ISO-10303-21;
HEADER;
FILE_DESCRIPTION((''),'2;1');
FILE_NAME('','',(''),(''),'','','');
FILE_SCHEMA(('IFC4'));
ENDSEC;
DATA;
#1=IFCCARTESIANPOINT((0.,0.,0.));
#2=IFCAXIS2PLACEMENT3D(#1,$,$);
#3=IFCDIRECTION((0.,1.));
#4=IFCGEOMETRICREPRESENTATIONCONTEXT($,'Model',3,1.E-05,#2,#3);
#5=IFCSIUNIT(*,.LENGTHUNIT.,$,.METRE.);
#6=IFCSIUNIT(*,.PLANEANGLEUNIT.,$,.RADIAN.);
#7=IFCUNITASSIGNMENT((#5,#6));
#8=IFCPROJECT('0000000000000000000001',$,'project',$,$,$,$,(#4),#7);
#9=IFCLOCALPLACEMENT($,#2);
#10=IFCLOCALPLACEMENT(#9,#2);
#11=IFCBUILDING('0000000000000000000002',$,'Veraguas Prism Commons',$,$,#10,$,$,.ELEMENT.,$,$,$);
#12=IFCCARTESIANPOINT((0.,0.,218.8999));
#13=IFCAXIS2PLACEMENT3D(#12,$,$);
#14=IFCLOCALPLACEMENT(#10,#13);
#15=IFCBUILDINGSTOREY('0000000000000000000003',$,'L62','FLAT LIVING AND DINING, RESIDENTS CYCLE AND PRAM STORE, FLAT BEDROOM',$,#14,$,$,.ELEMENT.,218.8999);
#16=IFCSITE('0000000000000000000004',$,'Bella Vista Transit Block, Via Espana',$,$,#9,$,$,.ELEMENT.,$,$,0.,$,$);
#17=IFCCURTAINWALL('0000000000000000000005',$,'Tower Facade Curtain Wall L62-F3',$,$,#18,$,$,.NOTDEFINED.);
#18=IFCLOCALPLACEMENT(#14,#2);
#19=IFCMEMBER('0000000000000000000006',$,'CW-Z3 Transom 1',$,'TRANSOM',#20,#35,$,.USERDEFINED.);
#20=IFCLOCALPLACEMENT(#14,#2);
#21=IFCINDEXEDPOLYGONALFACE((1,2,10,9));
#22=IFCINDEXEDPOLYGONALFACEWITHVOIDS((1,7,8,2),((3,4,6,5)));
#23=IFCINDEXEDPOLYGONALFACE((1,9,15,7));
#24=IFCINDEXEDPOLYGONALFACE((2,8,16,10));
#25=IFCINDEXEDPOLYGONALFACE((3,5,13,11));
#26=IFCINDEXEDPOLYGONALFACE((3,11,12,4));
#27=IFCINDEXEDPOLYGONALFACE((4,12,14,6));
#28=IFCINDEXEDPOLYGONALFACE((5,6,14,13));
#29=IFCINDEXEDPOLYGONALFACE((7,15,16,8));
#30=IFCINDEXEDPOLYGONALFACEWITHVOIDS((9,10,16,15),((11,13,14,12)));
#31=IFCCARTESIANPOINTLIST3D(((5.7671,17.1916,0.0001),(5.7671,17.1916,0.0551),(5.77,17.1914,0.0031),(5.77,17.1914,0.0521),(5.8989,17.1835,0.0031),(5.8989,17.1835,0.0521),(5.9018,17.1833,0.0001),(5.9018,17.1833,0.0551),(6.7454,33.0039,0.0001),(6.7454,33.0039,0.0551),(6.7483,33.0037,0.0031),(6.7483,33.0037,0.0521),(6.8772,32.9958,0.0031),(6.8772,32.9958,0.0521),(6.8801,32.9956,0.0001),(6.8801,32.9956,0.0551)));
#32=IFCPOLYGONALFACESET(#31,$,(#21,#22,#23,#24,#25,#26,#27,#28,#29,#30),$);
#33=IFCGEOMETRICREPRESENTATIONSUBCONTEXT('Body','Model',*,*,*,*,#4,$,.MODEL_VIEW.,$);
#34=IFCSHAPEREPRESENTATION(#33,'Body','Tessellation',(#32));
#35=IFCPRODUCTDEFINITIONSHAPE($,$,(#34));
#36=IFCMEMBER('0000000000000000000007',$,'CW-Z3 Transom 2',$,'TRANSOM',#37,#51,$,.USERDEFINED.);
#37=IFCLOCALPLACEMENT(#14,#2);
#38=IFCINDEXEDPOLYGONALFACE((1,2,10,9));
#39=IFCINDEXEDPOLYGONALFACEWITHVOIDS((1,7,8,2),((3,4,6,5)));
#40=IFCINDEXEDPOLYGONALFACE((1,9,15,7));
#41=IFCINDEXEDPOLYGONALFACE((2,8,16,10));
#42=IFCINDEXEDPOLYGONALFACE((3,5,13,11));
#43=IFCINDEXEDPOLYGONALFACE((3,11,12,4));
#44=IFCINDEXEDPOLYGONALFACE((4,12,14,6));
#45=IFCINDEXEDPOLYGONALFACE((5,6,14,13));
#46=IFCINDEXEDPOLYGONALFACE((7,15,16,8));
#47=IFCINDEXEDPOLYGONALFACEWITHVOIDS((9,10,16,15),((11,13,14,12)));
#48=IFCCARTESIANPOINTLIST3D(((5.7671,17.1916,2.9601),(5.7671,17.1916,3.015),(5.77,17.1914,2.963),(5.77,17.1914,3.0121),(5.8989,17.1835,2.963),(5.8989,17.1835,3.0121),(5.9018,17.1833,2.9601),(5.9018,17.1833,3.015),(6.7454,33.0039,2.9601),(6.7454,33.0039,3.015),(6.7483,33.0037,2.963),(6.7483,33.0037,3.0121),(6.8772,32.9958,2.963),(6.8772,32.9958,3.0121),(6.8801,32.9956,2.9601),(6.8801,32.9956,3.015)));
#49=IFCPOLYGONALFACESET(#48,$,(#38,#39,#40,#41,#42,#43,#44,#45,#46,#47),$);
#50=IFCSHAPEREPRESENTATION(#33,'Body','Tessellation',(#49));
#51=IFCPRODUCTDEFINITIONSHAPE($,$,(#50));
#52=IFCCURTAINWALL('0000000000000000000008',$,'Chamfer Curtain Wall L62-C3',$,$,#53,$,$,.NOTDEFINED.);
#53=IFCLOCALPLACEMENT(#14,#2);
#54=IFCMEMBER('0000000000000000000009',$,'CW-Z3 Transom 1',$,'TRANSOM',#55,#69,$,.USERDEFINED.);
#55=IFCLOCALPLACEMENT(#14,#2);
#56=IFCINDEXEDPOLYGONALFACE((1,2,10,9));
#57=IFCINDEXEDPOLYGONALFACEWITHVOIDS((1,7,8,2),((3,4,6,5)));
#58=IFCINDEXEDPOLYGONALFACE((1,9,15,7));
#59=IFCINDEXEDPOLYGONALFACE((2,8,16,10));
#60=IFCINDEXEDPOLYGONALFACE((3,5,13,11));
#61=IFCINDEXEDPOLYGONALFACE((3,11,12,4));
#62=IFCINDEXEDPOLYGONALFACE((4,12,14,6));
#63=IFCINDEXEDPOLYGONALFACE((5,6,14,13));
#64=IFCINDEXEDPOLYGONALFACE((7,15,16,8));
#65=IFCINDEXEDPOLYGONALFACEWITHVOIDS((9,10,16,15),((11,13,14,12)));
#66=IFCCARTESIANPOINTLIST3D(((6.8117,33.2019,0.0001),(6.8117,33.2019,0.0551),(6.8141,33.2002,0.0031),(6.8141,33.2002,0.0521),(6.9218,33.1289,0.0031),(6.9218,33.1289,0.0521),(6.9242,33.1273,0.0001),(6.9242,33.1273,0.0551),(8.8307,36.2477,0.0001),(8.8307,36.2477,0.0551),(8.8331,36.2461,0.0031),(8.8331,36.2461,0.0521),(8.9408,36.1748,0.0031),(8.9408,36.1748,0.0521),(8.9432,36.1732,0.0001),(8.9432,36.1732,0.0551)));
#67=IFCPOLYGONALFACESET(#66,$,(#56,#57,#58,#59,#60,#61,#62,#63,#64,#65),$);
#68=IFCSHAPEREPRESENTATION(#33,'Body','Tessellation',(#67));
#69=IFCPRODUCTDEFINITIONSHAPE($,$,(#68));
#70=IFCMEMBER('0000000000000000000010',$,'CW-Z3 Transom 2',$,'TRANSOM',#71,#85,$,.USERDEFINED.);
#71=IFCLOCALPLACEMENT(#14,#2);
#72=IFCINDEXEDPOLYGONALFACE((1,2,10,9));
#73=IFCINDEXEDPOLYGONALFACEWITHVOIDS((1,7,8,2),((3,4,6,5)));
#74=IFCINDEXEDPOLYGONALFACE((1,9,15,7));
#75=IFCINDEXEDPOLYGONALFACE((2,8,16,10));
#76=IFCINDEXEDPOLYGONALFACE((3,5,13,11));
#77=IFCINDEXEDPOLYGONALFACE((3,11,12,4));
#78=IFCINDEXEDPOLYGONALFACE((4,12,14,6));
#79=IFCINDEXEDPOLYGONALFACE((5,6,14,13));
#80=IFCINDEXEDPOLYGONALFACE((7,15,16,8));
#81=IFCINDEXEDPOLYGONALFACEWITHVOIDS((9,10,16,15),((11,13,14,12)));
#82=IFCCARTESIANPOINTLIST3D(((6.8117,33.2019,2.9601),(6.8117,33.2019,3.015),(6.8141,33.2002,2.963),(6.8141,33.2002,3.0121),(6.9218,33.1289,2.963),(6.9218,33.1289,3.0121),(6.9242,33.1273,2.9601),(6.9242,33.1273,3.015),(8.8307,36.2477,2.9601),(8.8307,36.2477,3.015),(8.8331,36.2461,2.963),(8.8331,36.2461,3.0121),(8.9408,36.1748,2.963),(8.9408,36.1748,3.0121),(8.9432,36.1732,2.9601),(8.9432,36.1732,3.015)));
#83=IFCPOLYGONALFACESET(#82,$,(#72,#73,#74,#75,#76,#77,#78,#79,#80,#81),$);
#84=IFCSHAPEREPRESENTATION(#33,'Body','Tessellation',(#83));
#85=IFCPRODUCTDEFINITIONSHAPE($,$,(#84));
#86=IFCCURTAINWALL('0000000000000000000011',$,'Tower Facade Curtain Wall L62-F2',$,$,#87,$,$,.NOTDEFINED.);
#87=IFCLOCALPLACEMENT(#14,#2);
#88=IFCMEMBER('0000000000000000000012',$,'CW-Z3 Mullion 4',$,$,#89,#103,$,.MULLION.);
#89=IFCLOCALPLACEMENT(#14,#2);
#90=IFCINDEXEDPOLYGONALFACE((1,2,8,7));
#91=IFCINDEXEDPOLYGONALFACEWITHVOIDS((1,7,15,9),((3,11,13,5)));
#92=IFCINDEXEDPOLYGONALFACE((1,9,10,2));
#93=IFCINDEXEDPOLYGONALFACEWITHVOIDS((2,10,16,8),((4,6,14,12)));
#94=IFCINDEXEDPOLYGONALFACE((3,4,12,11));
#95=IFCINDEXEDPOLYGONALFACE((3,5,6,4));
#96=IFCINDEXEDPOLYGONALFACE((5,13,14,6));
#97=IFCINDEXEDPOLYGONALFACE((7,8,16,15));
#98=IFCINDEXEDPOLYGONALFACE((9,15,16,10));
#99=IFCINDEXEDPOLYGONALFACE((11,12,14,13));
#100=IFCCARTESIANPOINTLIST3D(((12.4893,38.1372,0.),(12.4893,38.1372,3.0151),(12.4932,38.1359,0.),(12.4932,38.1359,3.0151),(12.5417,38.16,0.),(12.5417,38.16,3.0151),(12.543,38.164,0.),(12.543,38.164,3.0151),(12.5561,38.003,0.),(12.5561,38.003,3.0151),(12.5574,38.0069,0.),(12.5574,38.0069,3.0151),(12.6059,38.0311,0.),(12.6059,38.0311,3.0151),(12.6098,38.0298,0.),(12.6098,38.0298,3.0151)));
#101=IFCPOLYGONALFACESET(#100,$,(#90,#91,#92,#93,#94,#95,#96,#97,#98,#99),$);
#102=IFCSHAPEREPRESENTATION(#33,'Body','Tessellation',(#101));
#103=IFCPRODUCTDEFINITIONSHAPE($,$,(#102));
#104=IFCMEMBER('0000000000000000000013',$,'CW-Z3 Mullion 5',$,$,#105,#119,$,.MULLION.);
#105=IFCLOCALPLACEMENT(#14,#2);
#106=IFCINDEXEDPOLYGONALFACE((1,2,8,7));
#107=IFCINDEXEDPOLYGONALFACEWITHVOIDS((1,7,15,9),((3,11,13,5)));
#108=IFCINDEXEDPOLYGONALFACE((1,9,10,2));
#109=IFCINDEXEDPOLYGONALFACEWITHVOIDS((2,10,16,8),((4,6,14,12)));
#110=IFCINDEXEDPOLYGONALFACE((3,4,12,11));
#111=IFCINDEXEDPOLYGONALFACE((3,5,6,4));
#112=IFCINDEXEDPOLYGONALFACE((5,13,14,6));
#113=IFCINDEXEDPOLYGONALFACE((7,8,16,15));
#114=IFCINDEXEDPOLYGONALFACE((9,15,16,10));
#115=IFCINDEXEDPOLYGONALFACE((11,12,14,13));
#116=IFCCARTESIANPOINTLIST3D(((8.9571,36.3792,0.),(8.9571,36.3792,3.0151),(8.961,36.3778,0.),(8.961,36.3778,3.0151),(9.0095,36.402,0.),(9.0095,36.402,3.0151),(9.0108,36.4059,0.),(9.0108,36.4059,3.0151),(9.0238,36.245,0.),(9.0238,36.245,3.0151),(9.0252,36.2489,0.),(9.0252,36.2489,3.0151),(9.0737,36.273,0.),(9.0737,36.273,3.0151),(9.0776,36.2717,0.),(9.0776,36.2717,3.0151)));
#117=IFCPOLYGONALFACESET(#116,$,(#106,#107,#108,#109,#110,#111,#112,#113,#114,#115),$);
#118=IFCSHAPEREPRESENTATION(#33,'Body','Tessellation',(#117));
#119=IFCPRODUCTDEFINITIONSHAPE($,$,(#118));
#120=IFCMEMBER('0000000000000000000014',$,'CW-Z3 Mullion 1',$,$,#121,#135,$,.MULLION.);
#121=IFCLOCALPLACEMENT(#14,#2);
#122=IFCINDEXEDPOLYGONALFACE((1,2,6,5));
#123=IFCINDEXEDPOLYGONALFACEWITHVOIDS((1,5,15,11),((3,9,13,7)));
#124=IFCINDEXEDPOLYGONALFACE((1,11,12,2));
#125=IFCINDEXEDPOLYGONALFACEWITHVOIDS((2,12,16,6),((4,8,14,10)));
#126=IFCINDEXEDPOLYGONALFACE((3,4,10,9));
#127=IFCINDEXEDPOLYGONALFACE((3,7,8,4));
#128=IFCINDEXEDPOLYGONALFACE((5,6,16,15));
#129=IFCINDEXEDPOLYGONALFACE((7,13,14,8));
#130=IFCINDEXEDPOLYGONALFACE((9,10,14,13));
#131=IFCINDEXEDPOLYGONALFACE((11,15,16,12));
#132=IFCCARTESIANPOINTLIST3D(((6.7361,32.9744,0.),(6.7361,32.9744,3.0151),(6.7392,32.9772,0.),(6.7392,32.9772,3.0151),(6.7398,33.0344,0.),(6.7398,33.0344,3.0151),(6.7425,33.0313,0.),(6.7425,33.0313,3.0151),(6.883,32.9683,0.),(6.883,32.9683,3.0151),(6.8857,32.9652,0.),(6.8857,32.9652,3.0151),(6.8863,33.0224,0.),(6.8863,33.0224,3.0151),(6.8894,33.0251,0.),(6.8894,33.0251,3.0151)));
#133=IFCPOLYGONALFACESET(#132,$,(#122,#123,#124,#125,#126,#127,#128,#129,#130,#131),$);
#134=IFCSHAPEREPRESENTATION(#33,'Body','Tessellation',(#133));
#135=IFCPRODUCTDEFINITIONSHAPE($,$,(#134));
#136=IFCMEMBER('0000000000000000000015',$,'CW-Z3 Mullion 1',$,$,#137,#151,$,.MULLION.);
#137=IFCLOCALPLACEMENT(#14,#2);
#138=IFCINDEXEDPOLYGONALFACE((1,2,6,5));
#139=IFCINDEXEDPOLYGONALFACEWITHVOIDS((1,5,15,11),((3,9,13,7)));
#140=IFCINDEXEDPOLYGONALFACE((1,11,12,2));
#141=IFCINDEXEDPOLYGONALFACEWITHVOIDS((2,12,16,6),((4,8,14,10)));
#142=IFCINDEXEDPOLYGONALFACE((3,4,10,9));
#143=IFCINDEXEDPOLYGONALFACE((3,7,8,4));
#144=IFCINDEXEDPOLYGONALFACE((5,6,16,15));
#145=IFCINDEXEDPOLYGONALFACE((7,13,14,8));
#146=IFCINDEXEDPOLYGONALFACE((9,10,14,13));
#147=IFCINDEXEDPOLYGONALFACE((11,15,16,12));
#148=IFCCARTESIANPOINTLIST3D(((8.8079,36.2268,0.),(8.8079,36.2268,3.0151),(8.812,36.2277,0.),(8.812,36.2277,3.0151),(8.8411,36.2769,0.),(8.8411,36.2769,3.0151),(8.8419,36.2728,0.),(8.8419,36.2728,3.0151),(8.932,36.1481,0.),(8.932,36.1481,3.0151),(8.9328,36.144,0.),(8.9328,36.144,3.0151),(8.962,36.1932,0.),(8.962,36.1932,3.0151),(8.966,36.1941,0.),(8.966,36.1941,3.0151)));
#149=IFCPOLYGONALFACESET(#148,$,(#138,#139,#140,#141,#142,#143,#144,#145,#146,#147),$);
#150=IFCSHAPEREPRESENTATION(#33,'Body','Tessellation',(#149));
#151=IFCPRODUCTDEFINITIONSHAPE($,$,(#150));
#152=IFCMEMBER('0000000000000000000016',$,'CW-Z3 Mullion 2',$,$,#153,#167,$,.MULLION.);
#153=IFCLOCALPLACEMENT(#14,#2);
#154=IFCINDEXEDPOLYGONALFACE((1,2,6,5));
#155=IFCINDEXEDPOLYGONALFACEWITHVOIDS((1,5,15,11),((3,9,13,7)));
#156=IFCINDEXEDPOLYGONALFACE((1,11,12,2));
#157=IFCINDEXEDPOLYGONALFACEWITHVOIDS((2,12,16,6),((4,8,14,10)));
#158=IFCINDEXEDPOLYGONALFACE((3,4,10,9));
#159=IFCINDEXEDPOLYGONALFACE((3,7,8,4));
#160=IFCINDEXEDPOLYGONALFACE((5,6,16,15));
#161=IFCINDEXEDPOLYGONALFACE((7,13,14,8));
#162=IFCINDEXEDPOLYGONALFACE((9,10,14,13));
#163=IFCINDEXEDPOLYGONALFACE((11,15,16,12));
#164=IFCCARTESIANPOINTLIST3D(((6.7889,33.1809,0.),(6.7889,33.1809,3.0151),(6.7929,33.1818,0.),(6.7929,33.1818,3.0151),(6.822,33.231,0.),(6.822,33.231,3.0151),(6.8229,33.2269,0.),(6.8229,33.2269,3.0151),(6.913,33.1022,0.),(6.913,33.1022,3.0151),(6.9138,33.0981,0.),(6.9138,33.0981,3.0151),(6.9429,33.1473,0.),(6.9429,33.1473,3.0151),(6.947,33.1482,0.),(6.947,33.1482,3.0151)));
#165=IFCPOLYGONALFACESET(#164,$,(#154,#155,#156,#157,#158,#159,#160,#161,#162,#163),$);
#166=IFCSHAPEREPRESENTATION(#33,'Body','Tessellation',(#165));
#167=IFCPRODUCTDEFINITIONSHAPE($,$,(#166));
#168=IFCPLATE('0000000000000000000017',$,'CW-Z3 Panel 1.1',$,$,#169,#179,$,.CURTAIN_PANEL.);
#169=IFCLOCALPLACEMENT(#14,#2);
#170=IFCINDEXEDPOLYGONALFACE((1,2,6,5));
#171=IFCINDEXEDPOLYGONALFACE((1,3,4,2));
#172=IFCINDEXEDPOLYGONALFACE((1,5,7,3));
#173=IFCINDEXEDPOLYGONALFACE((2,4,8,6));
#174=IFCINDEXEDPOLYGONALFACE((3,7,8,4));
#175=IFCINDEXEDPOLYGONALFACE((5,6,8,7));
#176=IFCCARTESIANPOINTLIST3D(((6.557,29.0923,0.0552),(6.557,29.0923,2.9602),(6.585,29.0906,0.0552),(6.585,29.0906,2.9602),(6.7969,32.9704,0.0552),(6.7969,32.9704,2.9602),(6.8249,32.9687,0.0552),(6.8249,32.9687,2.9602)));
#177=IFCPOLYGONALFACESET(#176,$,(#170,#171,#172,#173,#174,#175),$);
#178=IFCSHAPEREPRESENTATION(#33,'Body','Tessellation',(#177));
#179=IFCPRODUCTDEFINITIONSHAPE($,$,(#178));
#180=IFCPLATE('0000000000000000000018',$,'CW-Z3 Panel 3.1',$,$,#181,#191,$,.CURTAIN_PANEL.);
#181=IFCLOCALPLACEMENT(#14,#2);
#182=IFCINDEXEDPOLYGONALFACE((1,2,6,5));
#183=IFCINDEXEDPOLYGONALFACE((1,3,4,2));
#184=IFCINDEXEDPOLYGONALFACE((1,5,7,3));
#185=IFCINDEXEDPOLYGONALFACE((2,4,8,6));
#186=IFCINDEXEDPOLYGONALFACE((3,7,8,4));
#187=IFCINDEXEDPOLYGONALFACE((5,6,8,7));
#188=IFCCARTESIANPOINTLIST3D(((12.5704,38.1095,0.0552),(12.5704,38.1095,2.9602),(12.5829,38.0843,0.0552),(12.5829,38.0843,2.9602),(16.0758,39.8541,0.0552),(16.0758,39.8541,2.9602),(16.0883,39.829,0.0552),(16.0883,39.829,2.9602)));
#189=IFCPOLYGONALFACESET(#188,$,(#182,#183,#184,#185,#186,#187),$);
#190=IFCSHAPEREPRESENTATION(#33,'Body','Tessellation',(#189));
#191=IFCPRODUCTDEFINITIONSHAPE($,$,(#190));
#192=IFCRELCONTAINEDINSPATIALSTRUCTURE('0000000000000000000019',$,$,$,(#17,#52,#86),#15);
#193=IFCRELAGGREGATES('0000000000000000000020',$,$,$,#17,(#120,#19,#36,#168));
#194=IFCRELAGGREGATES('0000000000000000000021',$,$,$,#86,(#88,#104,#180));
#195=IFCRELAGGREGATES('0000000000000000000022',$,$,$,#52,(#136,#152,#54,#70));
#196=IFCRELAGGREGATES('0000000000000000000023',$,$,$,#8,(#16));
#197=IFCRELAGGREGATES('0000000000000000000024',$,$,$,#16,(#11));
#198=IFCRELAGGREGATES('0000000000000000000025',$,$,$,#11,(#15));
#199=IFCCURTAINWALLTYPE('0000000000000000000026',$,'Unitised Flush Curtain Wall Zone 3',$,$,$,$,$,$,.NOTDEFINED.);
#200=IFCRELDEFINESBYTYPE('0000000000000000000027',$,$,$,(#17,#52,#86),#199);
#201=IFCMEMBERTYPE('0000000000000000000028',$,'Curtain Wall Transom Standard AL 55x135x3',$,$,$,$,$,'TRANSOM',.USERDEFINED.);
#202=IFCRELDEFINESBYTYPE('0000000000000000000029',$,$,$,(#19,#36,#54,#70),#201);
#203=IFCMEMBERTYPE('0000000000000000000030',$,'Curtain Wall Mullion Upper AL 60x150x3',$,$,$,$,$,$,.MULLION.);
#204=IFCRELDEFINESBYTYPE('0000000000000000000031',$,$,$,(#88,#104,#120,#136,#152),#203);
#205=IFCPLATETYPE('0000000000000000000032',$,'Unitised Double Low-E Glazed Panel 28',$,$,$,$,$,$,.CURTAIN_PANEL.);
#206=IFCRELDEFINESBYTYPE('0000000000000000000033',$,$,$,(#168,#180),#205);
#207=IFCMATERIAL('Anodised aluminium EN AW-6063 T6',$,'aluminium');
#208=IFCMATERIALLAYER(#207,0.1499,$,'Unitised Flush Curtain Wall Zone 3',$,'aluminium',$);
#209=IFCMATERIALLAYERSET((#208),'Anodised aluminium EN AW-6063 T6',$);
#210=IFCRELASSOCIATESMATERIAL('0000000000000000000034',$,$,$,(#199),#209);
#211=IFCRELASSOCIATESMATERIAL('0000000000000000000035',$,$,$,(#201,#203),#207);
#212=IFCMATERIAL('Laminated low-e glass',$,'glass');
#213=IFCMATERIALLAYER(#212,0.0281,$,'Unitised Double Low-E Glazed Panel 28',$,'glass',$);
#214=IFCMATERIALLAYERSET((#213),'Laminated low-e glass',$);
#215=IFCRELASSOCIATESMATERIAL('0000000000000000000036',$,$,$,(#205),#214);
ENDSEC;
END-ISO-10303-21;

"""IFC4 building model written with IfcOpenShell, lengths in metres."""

from ifc_helpers import new_model, si_unit, direction, frame, origin, origin_2d, place, context, subcontext, project, spatial, rectangle, hollow_rectangle, extrude, source, transform, mapped, material, layer, layer_set, material_profile, profile_set, type_object, element, aggregate, save


model = new_model("IFC4")

# Units and contexts
model_context = context("Model", 3, precision=1e-05, world=origin(), true_north=direction((0.0, 1.0)))
body_context = subcontext(model_context, "Body", "Model", "MODEL_VIEW")
ifc_project = project(units=[si_unit("LENGTHUNIT", "METRE"), si_unit("PLANEANGLEUNIT", "RADIAN")], contexts=[model_context])

# Site, building, storey
site_placement = place(None, origin())
site = spatial("IfcSite", under=ifc_project, at=site_placement, Name="Bella Vista Transit Block, Via Espana", CompositionType="ELEMENT", RefElevation=0.0)
building_placement = place(site_placement, origin())
building = spatial("IfcBuilding", under=site, at=building_placement, Name="Veraguas Prism Commons", CompositionType="ELEMENT")
storey_placement = place(building_placement, frame((0.0, 0.0, 218.8999)))
storey = spatial("IfcBuildingStorey", under=building, at=storey_placement, Name="L62", Description="FLAT LIVING AND DINING, RESIDENTS CYCLE AND PRAM STORE, FLAT BEDROOM", CompositionType="ELEMENT", Elevation=218.8999)

# Curtain walls, members
ifc_material_1 = material(Name="Anodised aluminium EN AW-6063 T6", Category="aluminium")
ifc_layer_1 = layer(ifc_material_1, 0.1499, Name="Unitised Flush Curtain Wall Zone 3", Category="aluminium")
ifc_layer_set_1 = layer_set([ifc_layer_1], Name="Anodised aluminium EN AW-6063 T6")
curtain_wall_type = type_object("IfcCurtainWallType", Name="Unitised Flush Curtain Wall Zone 3", PredefinedType="NOTDEFINED", material=ifc_layer_set_1)
curtain_wall_1_placement = place(storey_placement, origin())
curtain_wall_1 = element("IfcCurtainWall", 1, at=curtain_wall_1_placement, inside=storey, type_object=curtain_wall_type, Name="Tower Facade Curtain Wall L62-F3", PredefinedType="NOTDEFINED")
ifc_material_profile_1 = material_profile(ifc_material_1, hollow_rectangle(XDim=0.0549, YDim=0.135, WallThickness=0.0029, at=origin_2d()), Name="AL55X135X3")
ifc_profile_set_1 = profile_set([ifc_material_profile_1], Name="Anodised aluminium EN AW-6063 T6")
member_type_1 = type_object("IfcMemberType", Name="Curtain Wall Transom Standard AL 55x135x3", ElementType="TRANSOM", PredefinedType="USERDEFINED", material=ifc_profile_set_1)
shared_shape_1 = source(origin(), body_context, "Body", "SweptSolid", [
    extrude(hollow_rectangle(XDim=0.0549, YDim=0.135, WallThickness=0.0029, at=origin_2d()), origin(), (0.0, 0.0, 1.0), 15.8425),
])
member_1_placement = place(storey_placement, frame((6.8127, 32.9998, 0.0276), z_axis=(-0.06175, -0.998092, 0.0), x_axis=(0.0, 0.0, 1.0)))
member_1 = element("IfcMember", 2, at=member_1_placement, type_object=member_type_1, Name="CW-Z3 Transom 1", ObjectType="TRANSOM", PredefinedType="USERDEFINED", context=body_context, shape_type="MappedRepresentation", body=[
    mapped(shared_shape_1, transform((0.0, 0.0, 0.0), scale=1.0)),
])
member_2_placement = place(storey_placement, frame((6.8127, 32.9998, 2.9875), z_axis=(-0.06175, -0.998092, 0.0), x_axis=(0.0, 0.0, 1.0)))
member_2 = element("IfcMember", 3, at=member_2_placement, type_object=member_type_1, Name="CW-Z3 Transom 2", ObjectType="TRANSOM", PredefinedType="USERDEFINED", context=body_context, shape_type="MappedRepresentation", body=[
    mapped(shared_shape_1, transform((0.0, 0.0, 0.0), scale=1.0)),
])
curtain_wall_2_placement = place(storey_placement, origin())
curtain_wall_2 = element("IfcCurtainWall", 4, at=curtain_wall_2_placement, inside=storey, type_object=curtain_wall_type, Name="Chamfer Curtain Wall L62-C3", PredefinedType="NOTDEFINED")
shared_shape_2 = source(origin(), body_context, "Body", "SweptSolid", [
    extrude(hollow_rectangle(XDim=0.0549, YDim=0.135, WallThickness=0.0029, at=origin_2d()), origin(), (0.0, 0.0, 1.0), 3.6543),
])
member_3_placement = place(storey_placement, frame((8.887, 36.2104, 0.0276), z_axis=(-0.552509, -0.833507, 0.0), x_axis=(0.0, 0.0, 1.0)))
member_3 = element("IfcMember", 5, at=member_3_placement, type_object=member_type_1, Name="CW-Z3 Transom 1", ObjectType="TRANSOM", PredefinedType="USERDEFINED", context=body_context, shape_type="MappedRepresentation", body=[
    mapped(shared_shape_2, transform((0.0, 0.0, 0.0), scale=1.0)),
])
member_4_placement = place(storey_placement, frame((8.887, 36.2104, 2.9875), z_axis=(-0.552509, -0.833507, 0.0), x_axis=(0.0, 0.0, 1.0)))
member_4 = element("IfcMember", 6, at=member_4_placement, type_object=member_type_1, Name="CW-Z3 Transom 2", ObjectType="TRANSOM", PredefinedType="USERDEFINED", context=body_context, shape_type="MappedRepresentation", body=[
    mapped(shared_shape_2, transform((0.0, 0.0, 0.0), scale=1.0)),
])
curtain_wall_3_placement = place(storey_placement, origin())
curtain_wall_3 = element("IfcCurtainWall", 7, at=curtain_wall_3_placement, inside=storey, type_object=curtain_wall_type, Name="Tower Facade Curtain Wall L62-F2", PredefinedType="NOTDEFINED")
ifc_material_profile_2 = material_profile(ifc_material_1, hollow_rectangle(XDim=0.0601, YDim=0.1499, WallThickness=0.0029, at=origin_2d()), Name="AL60X150X3")
ifc_profile_set_2 = profile_set([ifc_material_profile_2], Name="Anodised aluminium EN AW-6063 T6")
member_type_2 = type_object("IfcMemberType", Name="Curtain Wall Mullion Upper AL 60x150x3", PredefinedType="MULLION", material=ifc_profile_set_2)
shared_shape_3 = source(origin(), body_context, "Body", "SweptSolid", [
    extrude(hollow_rectangle(XDim=0.0601, YDim=0.1499, WallThickness=0.0029, at=origin_2d()), origin(), (0.0, 0.0, 1.0), 3.0151),
])
member_5_placement = place(storey_placement, frame((12.5496, 38.0835, 0.0), z_axis=(0.0, 0.0, 1.0), x_axis=(-0.895243, -0.445578, 0.0)))
member_5 = element("IfcMember", 8, at=member_5_placement, type_object=member_type_2, Name="CW-Z3 Mullion 4", PredefinedType="MULLION", context=body_context, shape_type="MappedRepresentation", body=[
    mapped(shared_shape_3, transform((0.0, 0.0, 0.0), scale=1.0)),
])
member_6_placement = place(storey_placement, frame((9.0173, 36.3254, 0.0), z_axis=(0.0, 0.0, 1.0), x_axis=(-0.895243, -0.445578, 0.0)))
member_6 = element("IfcMember", 9, at=member_6_placement, type_object=member_type_2, Name="CW-Z3 Mullion 5", PredefinedType="MULLION", context=body_context, shape_type="MappedRepresentation", body=[
    mapped(shared_shape_3, transform((0.0, 0.0, 0.0), scale=1.0)),
])

# Members
member_7_placement = place(storey_placement, frame((6.8127, 32.9998, 0.0), z_axis=(0.0, 0.0, 1.0), x_axis=(-0.061745, -0.998092, 0.0)))
member_7 = element("IfcMember", 10, at=member_7_placement, type_object=member_type_2, Name="CW-Z3 Mullion 1", PredefinedType="MULLION", context=body_context, shape_type="MappedRepresentation", body=[
    mapped(shared_shape_3, transform((0.0, 0.0, 0.0), scale=1.0)),
])
member_8_placement = place(storey_placement, frame((8.887, 36.2104, 0.0), z_axis=(0.0, 0.0, 1.0), x_axis=(-0.552512, -0.833505, 0.0)))
member_8 = element("IfcMember", 11, at=member_8_placement, type_object=member_type_2, Name="CW-Z3 Mullion 1", PredefinedType="MULLION", context=body_context, shape_type="MappedRepresentation", body=[
    mapped(shared_shape_3, transform((0.0, 0.0, 0.0), scale=1.0)),
])
member_9_placement = place(storey_placement, frame((6.8679, 33.1646, 0.0), z_axis=(0.0, 0.0, 1.0), x_axis=(-0.552512, -0.833505, 0.0)))
member_9 = element("IfcMember", 12, at=member_9_placement, type_object=member_type_2, Name="CW-Z3 Mullion 2", PredefinedType="MULLION", context=body_context, shape_type="MappedRepresentation", body=[
    mapped(shared_shape_3, transform((0.0, 0.0, 0.0), scale=1.0)),
])

# Plates
ifc_material_2 = material(Name="Laminated low-e glass", Category="glass")
ifc_layer_2 = layer(ifc_material_2, 0.0281, Name="Unitised Double Low-E Glazed Panel 28", Category="glass")
ifc_layer_set_2 = layer_set([ifc_layer_2], Name="Laminated low-e glass")
plate_type = type_object("IfcPlateType", Name="Unitised Double Low-E Glazed Panel 28", PredefinedType="CURTAIN_PANEL", material=ifc_layer_set_2)
shared_shape_4 = source(origin(), body_context, "Body", "SweptSolid", [
    extrude(rectangle(XDim=3.8855, YDim=0.0281, at=origin_2d()), origin(), (0.0, 0.0, 1.0), 2.905),
])
plate_1_placement = place(storey_placement, frame((6.6909, 31.0305, 0.0552), z_axis=(0.0, 0.0, 1.0), x_axis=(-0.061745, -0.998092, 0.0)))
plate_1 = element("IfcPlate", 13, at=plate_1_placement, type_object=plate_type, Name="CW-Z3 Panel 1.1", PredefinedType="CURTAIN_PANEL", context=body_context, shape_type="MappedRepresentation", body=[
    mapped(shared_shape_4, transform((0.0, 0.0, 0.0), scale=1.0)),
])
aggregate(curtain_wall_1, [member_7, member_1, member_2, plate_1])
shared_shape_5 = source(origin(), body_context, "Body", "SweptSolid", [
    extrude(rectangle(XDim=3.9155, YDim=0.0281, at=origin_2d()), origin(), (0.0, 0.0, 1.0), 2.905),
])
plate_2_placement = place(storey_placement, frame((14.3293, 38.9692, 0.0552), z_axis=(0.0, 0.0, 1.0), x_axis=(-0.895243, -0.445578, 0.0)))
plate_2 = element("IfcPlate", 14, at=plate_2_placement, type_object=plate_type, Name="CW-Z3 Panel 3.1", PredefinedType="CURTAIN_PANEL", context=body_context, shape_type="MappedRepresentation", body=[
    mapped(shared_shape_5, transform((0.0, 0.0, 0.0), scale=1.0)),
])
aggregate(curtain_wall_3, [member_5, member_6, plate_2])
aggregate(curtain_wall_2, [member_8, member_9, member_3, member_4])

save(model, "model.ifc")
